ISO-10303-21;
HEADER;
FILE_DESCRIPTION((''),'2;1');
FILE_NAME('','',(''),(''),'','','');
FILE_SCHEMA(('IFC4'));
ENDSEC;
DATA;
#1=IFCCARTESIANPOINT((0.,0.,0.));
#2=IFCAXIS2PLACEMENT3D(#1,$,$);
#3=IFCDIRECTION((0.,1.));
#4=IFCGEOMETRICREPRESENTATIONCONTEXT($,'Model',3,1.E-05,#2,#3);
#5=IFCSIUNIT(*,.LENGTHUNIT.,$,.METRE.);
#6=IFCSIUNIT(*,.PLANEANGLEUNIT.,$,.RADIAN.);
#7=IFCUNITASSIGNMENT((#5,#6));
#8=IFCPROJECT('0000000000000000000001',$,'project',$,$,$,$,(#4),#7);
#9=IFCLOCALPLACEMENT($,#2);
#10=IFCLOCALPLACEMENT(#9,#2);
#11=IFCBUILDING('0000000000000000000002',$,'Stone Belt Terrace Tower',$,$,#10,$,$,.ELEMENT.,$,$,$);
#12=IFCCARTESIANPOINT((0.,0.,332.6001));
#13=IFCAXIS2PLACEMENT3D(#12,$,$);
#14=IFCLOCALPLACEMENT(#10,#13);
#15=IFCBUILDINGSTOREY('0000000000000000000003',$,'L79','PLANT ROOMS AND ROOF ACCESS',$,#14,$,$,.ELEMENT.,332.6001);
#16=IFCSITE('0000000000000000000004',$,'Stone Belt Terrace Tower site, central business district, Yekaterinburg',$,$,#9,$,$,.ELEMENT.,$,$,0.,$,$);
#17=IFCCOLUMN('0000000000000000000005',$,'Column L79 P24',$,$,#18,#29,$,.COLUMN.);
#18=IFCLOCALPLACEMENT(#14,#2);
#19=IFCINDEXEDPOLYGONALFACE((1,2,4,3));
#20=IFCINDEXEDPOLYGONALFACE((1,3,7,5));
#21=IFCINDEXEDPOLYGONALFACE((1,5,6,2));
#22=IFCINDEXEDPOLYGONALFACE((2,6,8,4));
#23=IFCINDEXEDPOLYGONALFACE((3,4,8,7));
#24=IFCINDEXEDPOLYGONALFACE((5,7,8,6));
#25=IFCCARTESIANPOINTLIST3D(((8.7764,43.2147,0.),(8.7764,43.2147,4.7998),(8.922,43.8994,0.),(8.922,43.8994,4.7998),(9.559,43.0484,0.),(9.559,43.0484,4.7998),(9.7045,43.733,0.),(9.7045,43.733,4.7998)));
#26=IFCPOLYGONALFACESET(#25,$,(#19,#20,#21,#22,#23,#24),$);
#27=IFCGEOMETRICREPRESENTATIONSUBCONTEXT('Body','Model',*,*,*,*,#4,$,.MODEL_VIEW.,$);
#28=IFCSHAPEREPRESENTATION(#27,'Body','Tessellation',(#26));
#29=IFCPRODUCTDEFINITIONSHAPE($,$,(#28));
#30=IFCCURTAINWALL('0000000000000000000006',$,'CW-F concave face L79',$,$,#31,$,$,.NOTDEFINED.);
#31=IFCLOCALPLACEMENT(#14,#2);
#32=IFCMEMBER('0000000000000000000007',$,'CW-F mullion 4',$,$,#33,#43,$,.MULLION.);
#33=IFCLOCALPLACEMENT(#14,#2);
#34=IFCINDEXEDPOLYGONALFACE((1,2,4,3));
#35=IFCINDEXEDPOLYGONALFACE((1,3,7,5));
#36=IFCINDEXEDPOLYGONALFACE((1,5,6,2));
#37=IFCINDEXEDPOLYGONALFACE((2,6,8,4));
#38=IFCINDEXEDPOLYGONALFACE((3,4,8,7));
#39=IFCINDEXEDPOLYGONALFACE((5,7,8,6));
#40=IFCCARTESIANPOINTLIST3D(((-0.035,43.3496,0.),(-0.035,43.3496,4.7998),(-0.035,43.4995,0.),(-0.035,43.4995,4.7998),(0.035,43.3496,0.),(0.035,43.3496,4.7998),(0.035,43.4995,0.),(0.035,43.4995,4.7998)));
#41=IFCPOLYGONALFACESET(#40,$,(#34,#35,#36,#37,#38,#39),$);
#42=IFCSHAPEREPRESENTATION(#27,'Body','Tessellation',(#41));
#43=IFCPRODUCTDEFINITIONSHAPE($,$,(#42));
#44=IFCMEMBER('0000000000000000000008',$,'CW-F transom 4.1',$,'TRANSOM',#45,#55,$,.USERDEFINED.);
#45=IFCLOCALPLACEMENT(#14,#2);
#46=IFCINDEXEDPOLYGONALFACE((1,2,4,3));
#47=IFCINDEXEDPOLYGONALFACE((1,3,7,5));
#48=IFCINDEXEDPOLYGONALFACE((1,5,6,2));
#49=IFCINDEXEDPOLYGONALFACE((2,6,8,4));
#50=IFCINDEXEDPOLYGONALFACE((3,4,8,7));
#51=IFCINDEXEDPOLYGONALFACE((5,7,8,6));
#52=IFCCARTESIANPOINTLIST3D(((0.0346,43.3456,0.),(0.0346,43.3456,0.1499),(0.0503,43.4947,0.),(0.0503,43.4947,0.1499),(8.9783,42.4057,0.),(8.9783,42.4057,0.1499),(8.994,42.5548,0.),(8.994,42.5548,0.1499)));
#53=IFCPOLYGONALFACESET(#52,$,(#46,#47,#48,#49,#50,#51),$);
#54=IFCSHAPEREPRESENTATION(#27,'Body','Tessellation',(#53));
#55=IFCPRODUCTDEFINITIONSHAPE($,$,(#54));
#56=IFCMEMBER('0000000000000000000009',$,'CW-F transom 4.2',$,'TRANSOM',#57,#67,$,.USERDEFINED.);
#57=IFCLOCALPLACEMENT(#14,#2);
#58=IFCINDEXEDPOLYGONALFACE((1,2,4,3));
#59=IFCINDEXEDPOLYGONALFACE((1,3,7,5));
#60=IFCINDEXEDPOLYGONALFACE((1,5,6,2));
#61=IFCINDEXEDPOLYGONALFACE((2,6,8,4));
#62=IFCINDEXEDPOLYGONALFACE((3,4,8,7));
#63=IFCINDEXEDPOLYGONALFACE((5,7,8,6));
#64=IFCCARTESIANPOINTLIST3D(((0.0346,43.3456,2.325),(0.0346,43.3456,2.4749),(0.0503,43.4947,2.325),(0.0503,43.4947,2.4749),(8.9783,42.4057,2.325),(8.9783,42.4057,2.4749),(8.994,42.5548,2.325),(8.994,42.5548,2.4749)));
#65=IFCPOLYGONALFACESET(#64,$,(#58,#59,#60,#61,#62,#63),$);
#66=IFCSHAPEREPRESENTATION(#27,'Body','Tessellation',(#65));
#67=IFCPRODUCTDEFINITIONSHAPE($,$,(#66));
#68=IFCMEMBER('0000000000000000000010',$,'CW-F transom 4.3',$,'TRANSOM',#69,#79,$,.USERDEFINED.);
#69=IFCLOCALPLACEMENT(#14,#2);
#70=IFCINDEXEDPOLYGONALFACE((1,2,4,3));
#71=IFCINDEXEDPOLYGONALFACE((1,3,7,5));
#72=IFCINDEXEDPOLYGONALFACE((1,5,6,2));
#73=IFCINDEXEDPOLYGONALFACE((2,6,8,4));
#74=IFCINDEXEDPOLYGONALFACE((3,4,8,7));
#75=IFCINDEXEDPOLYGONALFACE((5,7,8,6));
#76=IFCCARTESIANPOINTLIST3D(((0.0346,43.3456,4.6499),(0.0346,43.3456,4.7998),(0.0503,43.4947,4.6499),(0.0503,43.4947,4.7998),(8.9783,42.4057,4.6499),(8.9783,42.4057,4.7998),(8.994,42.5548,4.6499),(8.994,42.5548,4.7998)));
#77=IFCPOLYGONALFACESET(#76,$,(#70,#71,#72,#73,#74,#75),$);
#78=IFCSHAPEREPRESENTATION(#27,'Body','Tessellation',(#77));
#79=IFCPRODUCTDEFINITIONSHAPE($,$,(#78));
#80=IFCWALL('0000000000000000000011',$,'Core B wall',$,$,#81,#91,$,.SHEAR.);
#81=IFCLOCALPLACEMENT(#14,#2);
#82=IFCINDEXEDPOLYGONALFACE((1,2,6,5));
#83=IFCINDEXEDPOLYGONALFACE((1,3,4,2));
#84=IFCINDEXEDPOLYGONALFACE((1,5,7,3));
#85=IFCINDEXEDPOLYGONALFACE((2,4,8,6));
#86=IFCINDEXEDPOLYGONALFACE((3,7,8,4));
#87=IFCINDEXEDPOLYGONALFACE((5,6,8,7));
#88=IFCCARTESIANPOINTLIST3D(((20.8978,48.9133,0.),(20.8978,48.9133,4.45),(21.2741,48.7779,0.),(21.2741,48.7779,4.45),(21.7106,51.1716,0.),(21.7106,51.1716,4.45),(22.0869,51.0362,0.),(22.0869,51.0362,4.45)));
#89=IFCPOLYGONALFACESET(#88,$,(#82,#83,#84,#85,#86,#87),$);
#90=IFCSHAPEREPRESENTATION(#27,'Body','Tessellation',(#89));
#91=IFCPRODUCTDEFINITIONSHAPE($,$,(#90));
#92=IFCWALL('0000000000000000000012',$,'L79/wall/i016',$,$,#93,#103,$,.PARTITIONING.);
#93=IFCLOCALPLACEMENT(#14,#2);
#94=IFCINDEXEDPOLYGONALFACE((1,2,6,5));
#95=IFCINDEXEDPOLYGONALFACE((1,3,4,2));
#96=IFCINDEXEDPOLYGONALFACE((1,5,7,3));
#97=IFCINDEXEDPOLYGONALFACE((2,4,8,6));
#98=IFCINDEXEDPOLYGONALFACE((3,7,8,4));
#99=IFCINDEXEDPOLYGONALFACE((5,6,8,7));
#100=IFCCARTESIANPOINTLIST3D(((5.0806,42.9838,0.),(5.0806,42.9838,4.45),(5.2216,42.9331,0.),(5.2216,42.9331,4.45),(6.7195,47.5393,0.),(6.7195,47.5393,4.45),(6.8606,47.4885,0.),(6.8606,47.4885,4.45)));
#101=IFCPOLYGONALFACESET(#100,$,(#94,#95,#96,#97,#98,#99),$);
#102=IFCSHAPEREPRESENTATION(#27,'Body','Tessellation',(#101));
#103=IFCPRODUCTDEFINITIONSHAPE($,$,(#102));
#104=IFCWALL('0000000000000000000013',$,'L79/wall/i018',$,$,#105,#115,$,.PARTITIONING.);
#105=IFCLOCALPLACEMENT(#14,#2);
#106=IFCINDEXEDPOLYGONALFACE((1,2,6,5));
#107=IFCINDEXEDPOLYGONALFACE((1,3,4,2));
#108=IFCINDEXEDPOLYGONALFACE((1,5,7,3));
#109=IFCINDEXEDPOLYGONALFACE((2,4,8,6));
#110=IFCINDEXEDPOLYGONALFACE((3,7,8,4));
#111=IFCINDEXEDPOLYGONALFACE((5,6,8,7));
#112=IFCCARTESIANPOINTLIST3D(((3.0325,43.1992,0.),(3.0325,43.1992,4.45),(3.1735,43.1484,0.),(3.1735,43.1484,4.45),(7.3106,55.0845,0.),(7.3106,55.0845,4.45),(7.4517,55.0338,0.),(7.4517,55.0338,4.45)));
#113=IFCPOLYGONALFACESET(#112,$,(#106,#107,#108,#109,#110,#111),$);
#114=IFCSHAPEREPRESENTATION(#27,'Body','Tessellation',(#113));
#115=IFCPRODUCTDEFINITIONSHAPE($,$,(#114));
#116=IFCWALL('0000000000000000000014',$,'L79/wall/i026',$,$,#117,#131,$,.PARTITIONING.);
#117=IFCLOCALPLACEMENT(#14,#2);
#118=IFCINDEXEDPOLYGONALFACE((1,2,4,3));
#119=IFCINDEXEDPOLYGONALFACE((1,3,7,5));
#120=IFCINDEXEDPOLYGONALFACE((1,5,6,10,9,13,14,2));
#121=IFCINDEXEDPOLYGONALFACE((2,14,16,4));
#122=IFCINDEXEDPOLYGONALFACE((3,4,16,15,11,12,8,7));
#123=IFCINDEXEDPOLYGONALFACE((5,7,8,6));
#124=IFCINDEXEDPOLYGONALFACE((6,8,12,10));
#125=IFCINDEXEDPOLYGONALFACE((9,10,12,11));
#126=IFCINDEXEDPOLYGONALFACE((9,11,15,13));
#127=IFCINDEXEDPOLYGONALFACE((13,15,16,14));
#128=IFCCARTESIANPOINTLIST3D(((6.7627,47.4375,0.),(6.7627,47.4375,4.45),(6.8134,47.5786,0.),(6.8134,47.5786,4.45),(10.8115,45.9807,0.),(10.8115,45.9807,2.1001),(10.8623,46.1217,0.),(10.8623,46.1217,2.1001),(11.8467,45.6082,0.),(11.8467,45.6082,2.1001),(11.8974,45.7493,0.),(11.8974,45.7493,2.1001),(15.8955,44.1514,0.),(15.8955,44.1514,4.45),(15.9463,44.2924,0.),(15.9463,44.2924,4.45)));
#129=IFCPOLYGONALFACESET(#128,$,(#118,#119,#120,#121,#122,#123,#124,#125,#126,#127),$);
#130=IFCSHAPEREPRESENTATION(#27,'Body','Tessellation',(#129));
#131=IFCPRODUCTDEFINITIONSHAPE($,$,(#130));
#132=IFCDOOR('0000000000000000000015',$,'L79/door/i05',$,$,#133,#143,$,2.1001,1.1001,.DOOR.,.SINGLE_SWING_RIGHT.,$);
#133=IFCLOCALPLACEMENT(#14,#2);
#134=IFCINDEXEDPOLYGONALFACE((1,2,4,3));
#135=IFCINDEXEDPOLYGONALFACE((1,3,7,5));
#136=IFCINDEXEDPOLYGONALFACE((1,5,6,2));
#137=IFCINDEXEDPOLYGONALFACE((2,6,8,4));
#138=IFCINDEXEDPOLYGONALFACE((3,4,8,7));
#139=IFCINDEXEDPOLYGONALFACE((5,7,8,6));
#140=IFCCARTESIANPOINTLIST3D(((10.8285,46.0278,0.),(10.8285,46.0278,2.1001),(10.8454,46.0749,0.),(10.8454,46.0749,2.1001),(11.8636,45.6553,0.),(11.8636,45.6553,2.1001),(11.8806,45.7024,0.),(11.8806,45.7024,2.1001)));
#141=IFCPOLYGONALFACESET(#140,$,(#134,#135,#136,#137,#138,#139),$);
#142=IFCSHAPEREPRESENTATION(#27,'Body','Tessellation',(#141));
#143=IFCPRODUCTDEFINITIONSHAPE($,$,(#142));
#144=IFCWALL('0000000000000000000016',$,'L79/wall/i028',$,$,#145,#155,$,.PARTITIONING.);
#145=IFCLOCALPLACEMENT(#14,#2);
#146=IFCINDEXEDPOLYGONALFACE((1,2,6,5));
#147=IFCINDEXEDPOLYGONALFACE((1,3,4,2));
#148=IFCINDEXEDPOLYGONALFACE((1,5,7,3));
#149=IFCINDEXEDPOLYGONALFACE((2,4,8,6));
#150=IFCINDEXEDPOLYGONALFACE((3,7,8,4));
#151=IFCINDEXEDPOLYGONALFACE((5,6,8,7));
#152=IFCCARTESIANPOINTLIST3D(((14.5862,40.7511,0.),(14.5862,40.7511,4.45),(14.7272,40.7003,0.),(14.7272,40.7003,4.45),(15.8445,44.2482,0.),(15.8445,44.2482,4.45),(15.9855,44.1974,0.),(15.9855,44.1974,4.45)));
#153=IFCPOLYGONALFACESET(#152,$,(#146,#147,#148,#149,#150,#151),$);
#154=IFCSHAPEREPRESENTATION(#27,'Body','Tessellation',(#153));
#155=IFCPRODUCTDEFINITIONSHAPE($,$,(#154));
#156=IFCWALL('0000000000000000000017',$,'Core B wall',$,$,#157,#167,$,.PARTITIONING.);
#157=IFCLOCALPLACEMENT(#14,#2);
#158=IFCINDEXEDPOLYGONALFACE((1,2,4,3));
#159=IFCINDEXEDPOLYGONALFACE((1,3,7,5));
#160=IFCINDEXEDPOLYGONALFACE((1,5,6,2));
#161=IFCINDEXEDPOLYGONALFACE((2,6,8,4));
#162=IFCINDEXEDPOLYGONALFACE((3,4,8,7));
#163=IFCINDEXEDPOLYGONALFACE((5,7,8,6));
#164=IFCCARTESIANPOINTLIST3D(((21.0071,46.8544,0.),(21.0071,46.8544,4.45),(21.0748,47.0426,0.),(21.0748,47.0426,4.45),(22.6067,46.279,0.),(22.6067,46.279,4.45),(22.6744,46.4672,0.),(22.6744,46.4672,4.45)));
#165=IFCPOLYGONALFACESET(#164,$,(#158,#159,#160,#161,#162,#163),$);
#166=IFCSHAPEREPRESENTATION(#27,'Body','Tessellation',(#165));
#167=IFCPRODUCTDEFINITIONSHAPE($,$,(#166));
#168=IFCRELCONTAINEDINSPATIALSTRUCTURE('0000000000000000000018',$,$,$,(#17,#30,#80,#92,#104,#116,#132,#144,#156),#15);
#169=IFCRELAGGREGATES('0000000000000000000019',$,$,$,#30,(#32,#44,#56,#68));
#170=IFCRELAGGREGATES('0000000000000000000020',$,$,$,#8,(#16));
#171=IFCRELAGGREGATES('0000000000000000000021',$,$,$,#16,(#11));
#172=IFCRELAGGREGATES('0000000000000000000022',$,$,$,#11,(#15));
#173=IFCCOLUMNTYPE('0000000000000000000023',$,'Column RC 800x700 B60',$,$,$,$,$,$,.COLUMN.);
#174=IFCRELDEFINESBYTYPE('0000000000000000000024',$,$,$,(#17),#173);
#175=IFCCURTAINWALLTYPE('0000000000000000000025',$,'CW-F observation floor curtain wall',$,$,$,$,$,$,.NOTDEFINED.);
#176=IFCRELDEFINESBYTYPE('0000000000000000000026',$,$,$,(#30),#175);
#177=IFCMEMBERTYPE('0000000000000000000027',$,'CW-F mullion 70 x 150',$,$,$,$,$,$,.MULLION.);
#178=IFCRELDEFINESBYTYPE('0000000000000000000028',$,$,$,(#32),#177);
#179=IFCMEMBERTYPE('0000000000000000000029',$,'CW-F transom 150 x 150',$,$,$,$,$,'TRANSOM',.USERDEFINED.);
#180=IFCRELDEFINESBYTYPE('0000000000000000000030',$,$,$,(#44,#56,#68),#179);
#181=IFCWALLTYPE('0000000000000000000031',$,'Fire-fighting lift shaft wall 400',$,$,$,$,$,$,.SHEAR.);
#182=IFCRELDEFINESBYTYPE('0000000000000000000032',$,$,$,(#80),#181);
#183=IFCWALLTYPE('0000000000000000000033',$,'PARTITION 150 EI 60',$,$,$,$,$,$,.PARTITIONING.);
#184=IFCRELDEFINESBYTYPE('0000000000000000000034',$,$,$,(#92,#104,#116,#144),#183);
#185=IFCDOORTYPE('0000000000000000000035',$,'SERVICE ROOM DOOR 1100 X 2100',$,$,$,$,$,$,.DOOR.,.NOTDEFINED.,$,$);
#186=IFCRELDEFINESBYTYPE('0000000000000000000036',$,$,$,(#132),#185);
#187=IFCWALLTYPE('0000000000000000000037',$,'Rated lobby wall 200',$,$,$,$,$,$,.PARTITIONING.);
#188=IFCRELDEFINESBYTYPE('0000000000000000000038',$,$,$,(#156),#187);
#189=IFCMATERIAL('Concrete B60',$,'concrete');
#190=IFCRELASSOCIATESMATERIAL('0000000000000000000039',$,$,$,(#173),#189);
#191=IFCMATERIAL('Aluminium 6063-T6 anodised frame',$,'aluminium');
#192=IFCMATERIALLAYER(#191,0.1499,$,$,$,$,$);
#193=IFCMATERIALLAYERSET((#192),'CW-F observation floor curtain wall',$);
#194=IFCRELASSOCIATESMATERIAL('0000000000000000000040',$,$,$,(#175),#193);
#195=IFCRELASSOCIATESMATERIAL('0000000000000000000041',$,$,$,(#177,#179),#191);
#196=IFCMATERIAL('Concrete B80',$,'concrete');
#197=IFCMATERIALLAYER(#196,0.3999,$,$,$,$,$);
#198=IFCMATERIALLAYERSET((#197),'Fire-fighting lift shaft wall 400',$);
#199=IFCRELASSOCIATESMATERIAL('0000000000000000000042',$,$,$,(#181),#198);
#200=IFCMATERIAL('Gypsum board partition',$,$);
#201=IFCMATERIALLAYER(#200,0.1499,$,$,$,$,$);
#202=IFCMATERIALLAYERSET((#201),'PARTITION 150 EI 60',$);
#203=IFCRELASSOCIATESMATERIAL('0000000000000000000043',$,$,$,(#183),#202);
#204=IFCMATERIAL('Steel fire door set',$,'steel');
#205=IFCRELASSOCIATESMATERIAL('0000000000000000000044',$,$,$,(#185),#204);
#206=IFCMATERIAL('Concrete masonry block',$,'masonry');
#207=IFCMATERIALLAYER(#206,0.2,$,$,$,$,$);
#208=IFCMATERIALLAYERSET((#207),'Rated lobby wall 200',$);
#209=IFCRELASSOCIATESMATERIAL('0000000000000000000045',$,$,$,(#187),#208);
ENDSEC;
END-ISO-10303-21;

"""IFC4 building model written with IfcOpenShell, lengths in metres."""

from ifc_helpers import new_model, si_unit, direction, frame, frame_2d, origin, origin_2d, place, context, subcontext, project, spatial, rectangle, extrude, material, layer, layer_set, material_profile, profile_set, type_object, element, fill, aggregate, save


model = new_model("IFC4")

# Units and contexts
model_context = context("Model", 3, precision=1e-05, world=origin(), true_north=direction((0.0, 1.0)))
body_context = subcontext(model_context, "Body", "Model", "MODEL_VIEW")
ifc_project = project(units=[si_unit("LENGTHUNIT", "METRE"), si_unit("PLANEANGLEUNIT", "RADIAN")], contexts=[model_context])

# Site, building, storey
site_placement = place(None, origin())
site = spatial("IfcSite", under=ifc_project, at=site_placement, Name="Stone Belt Terrace Tower site, central business district, Yekaterinburg", CompositionType="ELEMENT", RefElevation=0.0)
building_placement = place(site_placement, origin())
building = spatial("IfcBuilding", under=site, at=building_placement, Name="Stone Belt Terrace Tower", CompositionType="ELEMENT")
storey_placement = place(building_placement, frame((0.0, 0.0, 332.6001)))
storey = spatial("IfcBuildingStorey", under=building, at=storey_placement, Name="L79", Description="PLANT ROOMS AND ROOF ACCESS", CompositionType="ELEMENT", Elevation=332.6001)

# Column
ifc_material_1 = material(Name="Concrete B60", Category="concrete")
ifc_material_profile_1 = material_profile(ifc_material_1, rectangle(XDim=0.8, YDim=0.7, at=origin_2d()), Name="RC 800x700")
ifc_profile_set_1 = profile_set([ifc_material_profile_1], Name="Concrete B60")
column_type = type_object("IfcColumnType", Name="Column RC 800x700 B60", PredefinedType="COLUMN", material=ifc_profile_set_1)
column_placement = place(storey_placement, frame((9.2405, 43.4739, 0.0), z_axis=(0.0, 0.0, 1.0), x_axis=(0.978148, -0.207912, 0.0)))
element("IfcColumn", 1, at=column_placement, inside=storey, type_object=column_type, Name="Column L79 P24", PredefinedType="COLUMN", context=body_context, shape_type="SweptSolid", body=[
    extrude(rectangle(XDim=0.8, YDim=0.7, at=origin_2d()), origin(), (0.0, 0.0, 1.0), 4.7998),
])

# Curtain wall, members
ifc_material_2 = material(Name="Aluminium 6063-T6 anodised frame", Category="aluminium")
ifc_layer_1 = layer(ifc_material_2, 0.1499)
ifc_layer_set_1 = layer_set([ifc_layer_1], Name="CW-F observation floor curtain wall")
curtain_wall_type = type_object("IfcCurtainWallType", Name="CW-F observation floor curtain wall", PredefinedType="NOTDEFINED", material=ifc_layer_set_1)
curtain_wall_placement = place(storey_placement, origin())
curtain_wall = element("IfcCurtainWall", 2, at=curtain_wall_placement, inside=storey, type_object=curtain_wall_type, Name="CW-F concave face L79", PredefinedType="NOTDEFINED")
ifc_material_profile_2 = material_profile(ifc_material_2, rectangle(XDim=0.1499, YDim=0.0701, at=origin_2d()), Name="Aluminium 6063-T6 70x150")
ifc_profile_set_2 = profile_set([ifc_material_profile_2], Name="Aluminium 6063-T6 anodised frame")
member_type_1 = type_object("IfcMemberType", Name="CW-F mullion 70 x 150", PredefinedType="MULLION", material=ifc_profile_set_2)
member_1_placement = place(storey_placement, frame((0.0, 43.4246, 0.0), z_axis=(0.0, 0.0, 1.0), x_axis=(0.0, 1.0, 0.0)))
member_1 = element("IfcMember", 3, at=member_1_placement, type_object=member_type_1, Name="CW-F mullion 4", PredefinedType="MULLION", context=body_context, shape_type="SweptSolid", body=[
    extrude(rectangle(XDim=0.1499, YDim=0.0701, at=origin_2d()), origin(), (0.0, 0.0, 1.0), 4.7998),
])
ifc_material_profile_3 = material_profile(ifc_material_2, rectangle(XDim=0.1499, YDim=0.1499, at=origin_2d()), Name="Aluminium 6063-T6 150x150")
ifc_profile_set_3 = profile_set([ifc_material_profile_3], Name="Aluminium 6063-T6 anodised frame")
member_type_2 = type_object("IfcMemberType", Name="CW-F transom 150 x 150", ElementType="TRANSOM", PredefinedType="USERDEFINED", material=ifc_profile_set_3)
member_2_placement = place(storey_placement, frame((0.0425, 43.4202, 0.075), z_axis=(0.994523, -0.104521, 0.0), x_axis=(0.104521, 0.994523, 0.0)))
member_2 = element("IfcMember", 4, at=member_2_placement, type_object=member_type_2, Name="CW-F transom 4.1", ObjectType="TRANSOM", PredefinedType="USERDEFINED", context=body_context, shape_type="SweptSolid", body=[
    extrude(rectangle(XDim=0.1499, YDim=0.1499, at=origin_2d()), origin(), (0.0, 0.0, 1.0), 8.9929),
])
member_3_placement = place(storey_placement, frame((0.0425, 43.4202, 2.3999), z_axis=(0.994523, -0.104521, 0.0), x_axis=(0.104521, 0.994523, 0.0)))
member_3 = element("IfcMember", 5, at=member_3_placement, type_object=member_type_2, Name="CW-F transom 4.2", ObjectType="TRANSOM", PredefinedType="USERDEFINED", context=body_context, shape_type="SweptSolid", body=[
    extrude(rectangle(XDim=0.1499, YDim=0.1499, at=origin_2d()), origin(), (0.0, 0.0, 1.0), 8.9929),
])
member_4_placement = place(storey_placement, frame((0.0425, 43.4202, 4.7249), z_axis=(0.994523, -0.104521, 0.0), x_axis=(0.104521, 0.994523, 0.0)))
member_4 = element("IfcMember", 6, at=member_4_placement, type_object=member_type_2, Name="CW-F transom 4.3", ObjectType="TRANSOM", PredefinedType="USERDEFINED", context=body_context, shape_type="SweptSolid", body=[
    extrude(rectangle(XDim=0.1499, YDim=0.1499, at=origin_2d()), origin(), (0.0, 0.0, 1.0), 8.9929),
])
aggregate(curtain_wall, [member_1, member_2, member_3, member_4])

# Walls
ifc_material_3 = material(Name="Concrete B80", Category="concrete")
ifc_layer_2 = layer(ifc_material_3, 0.3999)
ifc_layer_set_2 = layer_set([ifc_layer_2], Name="Fire-fighting lift shaft wall 400")
wall_type_1 = type_object("IfcWallType", Name="Fire-fighting lift shaft wall 400", PredefinedType="SHEAR", material=ifc_layer_set_2)
wall_1_placement = place(storey_placement, frame((21.0859, 48.8455, 0.0), z_axis=(0.0, 0.0, 1.0), x_axis=(0.338629, 0.94092, 0.0)))
element("IfcWall", 7, at=wall_1_placement, inside=storey, type_object=wall_type_1, Name="Core B wall", PredefinedType="SHEAR", context=body_context, shape_type="SweptSolid", body=[
    extrude(rectangle(XDim=2.4001, YDim=0.3999, at=frame_2d((1.2002, 0.0))), origin(), (0.0, 0.0, 1.0), 4.45),
])
ifc_material_4 = material(Name="Gypsum board partition")
ifc_layer_3 = layer(ifc_material_4, 0.1499)
ifc_layer_set_3 = layer_set([ifc_layer_3], Name="PARTITION 150 EI 60")
wall_type_2 = type_object("IfcWallType", Name="PARTITION 150 EI 60", PredefinedType="PARTITIONING", material=ifc_layer_set_3)
wall_2_placement = place(storey_placement, frame((6.79, 47.5139, 0.0), z_axis=(0.0, 0.0, 1.0), x_axis=(-0.33853, -0.940956, 0.0)))
element("IfcWall", 8, at=wall_2_placement, inside=storey, type_object=wall_type_2, Name="L79/wall/i016", PredefinedType="PARTITIONING", context=body_context, shape_type="SweptSolid", body=[
    extrude(rectangle(XDim=4.8413, YDim=0.1499, at=frame_2d((2.4207, 0.0))), origin(), (0.0, 0.0, 1.0), 4.45),
])
wall_3_placement = place(storey_placement, frame((3.103, 43.1738, 0.0), z_axis=(0.0, 0.0, 1.0), x_axis=(0.338676, 0.940903, 0.0)))
element("IfcWall", 9, at=wall_3_placement, inside=storey, type_object=wall_type_2, Name="L79/wall/i018", PredefinedType="PARTITIONING", context=body_context, shape_type="SweptSolid", body=[
    extrude(rectangle(XDim=12.6318, YDim=0.1499, at=frame_2d((6.3159, 0.0))), origin(), (0.0, 0.0, 1.0), 4.45),
])

# Wall, opening, door
wall_4_placement = place(storey_placement, frame((15.9209, 44.2219, 0.0), z_axis=(0.0, 0.0, 1.0), x_axis=(-0.940943, 0.338566, 0.0)))
wall_4 = element("IfcWall", 10, at=wall_4_placement, inside=storey, type_object=wall_type_2, Name="L79/wall/i026", PredefinedType="PARTITIONING", context=body_context, shape_type="SweptSolid", body=[
    extrude(rectangle(XDim=9.7061, YDim=0.1499, at=frame_2d((4.853, 0.0))), origin(), (0.0, 0.0, 1.0), 4.45),
])
opening_1_placement = place(wall_4_placement, frame((4.303, 0.0, 0.0)))
opening_1 = element("IfcOpeningElement", 11, at=opening_1_placement, cuts=wall_4, PredefinedType="OPENING", context=body_context, shape_type="SweptSolid", body=[
    extrude(rectangle(XDim=1.1001, YDim=2.1001, at=frame_2d((0.55, 1.05))), frame((0.0, 0.085, 0.0), z_axis=(0.0, -1.0, 0.0), x_axis=(1.0, 0.0, 0.0)), (0.0, 0.0, 1.0), 0.1699),
])
ifc_material_5 = material(Name="Steel fire door set", Category="steel")
door_type_1 = type_object("IfcDoorType", Name="SERVICE ROOM DOOR 1100 X 2100", OperationType="NOTDEFINED", PredefinedType="DOOR", material=ifc_material_5)
door_1_placement = place(opening_1_placement, origin())
door_1 = element("IfcDoor", 12, at=door_1_placement, inside=storey, type_object=door_type_1, Name="L79/door/i05", OperationType="SINGLE_SWING_RIGHT", OverallHeight=2.1001, OverallWidth=1.1001, PredefinedType="DOOR", context=body_context, shape_type="SweptSolid", body=[
    extrude(rectangle(XDim=1.1001, YDim=2.1001, at=frame_2d((0.55, 1.05))), frame((0.0, 0.0249, 0.0), z_axis=(0.0, -1.0, 0.0), x_axis=(1.0, 0.0, 0.0)), (0.0, 0.0, 1.0), 0.05),
])
fill(opening_1, door_1)

# Walls
wall_5_placement = place(storey_placement, frame((15.915, 44.2229, 0.0), z_axis=(0.0, 0.0, 1.0), x_axis=(-0.338566, -0.940943, 0.0)))
element("IfcWall", 13, at=wall_5_placement, inside=storey, type_object=wall_type_2, Name="L79/wall/i028", PredefinedType="PARTITIONING", context=body_context, shape_type="SweptSolid", body=[
    extrude(rectangle(XDim=3.7166, YDim=0.1499, at=frame_2d((1.8584, 0.0))), origin(), (0.0, 0.0, 1.0), 4.45),
])
ifc_material_6 = material(Name="Concrete masonry block", Category="masonry")
ifc_layer_4 = layer(ifc_material_6, 0.2)
ifc_layer_set_4 = layer_set([ifc_layer_4], Name="Rated lobby wall 200")
wall_type_3 = type_object("IfcWallType", Name="Rated lobby wall 200", PredefinedType="PARTITIONING", material=ifc_layer_set_4)
wall_6_placement = place(storey_placement, frame((22.6406, 46.373, 0.0), z_axis=(0.0, 0.0, 1.0), x_axis=(-0.940966, 0.338501, 0.0)))
element("IfcWall", 14, at=wall_6_placement, inside=storey, type_object=wall_type_3, Name="Core B wall", PredefinedType="PARTITIONING", context=body_context, shape_type="SweptSolid", body=[
    extrude(rectangle(XDim=1.7, YDim=0.2, at=frame_2d((0.8501, 0.0))), origin(), (0.0, 0.0, 1.0), 4.45),
])

save(model, "model.ifc")
